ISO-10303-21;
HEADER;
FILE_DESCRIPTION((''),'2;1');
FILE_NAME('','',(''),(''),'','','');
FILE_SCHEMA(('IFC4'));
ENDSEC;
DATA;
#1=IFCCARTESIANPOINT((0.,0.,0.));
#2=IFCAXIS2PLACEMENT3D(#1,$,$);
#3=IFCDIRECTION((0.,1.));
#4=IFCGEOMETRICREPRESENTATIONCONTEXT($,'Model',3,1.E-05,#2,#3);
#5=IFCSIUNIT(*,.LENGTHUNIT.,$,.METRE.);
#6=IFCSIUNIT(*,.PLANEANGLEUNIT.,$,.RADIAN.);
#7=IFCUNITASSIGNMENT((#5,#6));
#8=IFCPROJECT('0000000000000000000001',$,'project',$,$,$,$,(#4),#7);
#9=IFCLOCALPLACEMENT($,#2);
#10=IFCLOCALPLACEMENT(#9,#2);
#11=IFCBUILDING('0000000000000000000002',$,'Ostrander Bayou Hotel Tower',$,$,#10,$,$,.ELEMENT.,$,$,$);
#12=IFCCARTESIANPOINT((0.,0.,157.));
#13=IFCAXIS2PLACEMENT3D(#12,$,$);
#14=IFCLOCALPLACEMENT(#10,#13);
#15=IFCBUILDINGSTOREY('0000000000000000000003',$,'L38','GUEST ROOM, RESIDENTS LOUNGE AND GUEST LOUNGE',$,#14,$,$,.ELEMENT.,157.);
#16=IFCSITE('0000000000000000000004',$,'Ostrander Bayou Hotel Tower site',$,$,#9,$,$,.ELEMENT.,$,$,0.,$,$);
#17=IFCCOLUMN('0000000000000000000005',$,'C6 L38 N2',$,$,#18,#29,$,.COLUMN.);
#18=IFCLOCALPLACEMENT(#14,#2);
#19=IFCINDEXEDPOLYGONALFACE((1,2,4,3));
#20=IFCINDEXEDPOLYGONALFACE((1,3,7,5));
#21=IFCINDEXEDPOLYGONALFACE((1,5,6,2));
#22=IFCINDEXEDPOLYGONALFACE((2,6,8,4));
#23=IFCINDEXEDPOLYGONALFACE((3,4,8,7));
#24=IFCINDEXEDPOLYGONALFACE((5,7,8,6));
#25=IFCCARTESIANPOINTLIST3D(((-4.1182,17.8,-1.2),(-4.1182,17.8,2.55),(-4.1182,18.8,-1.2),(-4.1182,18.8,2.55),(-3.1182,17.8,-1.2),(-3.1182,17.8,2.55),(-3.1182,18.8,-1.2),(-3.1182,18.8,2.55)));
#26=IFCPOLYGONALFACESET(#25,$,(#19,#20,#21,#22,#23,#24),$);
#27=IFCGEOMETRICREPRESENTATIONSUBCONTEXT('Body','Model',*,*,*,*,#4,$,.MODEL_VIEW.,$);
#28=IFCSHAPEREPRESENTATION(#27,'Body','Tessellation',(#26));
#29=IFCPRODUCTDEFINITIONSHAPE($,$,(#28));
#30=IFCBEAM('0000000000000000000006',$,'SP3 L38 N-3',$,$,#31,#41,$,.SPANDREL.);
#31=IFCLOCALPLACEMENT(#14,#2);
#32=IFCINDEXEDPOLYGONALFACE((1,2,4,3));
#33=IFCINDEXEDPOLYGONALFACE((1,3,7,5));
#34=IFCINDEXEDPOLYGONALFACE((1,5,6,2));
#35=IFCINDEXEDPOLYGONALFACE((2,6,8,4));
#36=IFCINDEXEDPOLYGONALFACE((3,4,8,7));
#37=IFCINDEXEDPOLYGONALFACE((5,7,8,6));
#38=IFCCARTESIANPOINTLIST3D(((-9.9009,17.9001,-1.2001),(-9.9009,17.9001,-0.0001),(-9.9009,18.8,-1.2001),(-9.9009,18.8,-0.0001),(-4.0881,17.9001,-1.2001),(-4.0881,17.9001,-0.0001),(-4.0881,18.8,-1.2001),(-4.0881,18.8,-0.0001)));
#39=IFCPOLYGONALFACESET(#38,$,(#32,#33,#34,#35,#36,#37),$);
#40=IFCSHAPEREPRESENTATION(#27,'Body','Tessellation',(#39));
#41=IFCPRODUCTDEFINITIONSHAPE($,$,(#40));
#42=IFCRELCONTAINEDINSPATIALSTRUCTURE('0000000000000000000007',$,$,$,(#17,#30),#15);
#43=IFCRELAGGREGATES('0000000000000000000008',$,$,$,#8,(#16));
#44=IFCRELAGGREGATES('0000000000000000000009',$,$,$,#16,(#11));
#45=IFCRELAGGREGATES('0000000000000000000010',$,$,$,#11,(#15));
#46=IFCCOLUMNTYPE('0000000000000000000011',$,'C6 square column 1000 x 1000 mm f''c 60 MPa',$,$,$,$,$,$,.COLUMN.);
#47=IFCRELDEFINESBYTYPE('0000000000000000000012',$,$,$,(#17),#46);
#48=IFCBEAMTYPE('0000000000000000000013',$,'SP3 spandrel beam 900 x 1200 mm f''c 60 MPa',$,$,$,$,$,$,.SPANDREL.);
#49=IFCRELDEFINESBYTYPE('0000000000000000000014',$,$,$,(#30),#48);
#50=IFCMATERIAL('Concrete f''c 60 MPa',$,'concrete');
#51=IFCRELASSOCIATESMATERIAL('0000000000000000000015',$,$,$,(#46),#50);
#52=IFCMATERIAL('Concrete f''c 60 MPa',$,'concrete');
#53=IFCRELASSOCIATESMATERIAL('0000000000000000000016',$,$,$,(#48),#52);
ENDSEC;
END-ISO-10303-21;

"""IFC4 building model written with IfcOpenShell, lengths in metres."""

from ifc_helpers import new_model, si_unit, direction, frame, origin, origin_2d, place, context, subcontext, project, spatial, rectangle, extrude, material, material_profile, profile_set, type_object, element, save


model = new_model("IFC4")

# Units and contexts
model_context = context("Model", 3, precision=1e-05, world=origin(), true_north=direction((0.0, 1.0)))
body_context = subcontext(model_context, "Body", "Model", "MODEL_VIEW")
ifc_project = project(units=[si_unit("LENGTHUNIT", "METRE"), si_unit("PLANEANGLEUNIT", "RADIAN")], contexts=[model_context])

# Site, building, storey
site_placement = place(None, origin())
site = spatial("IfcSite", under=ifc_project, at=site_placement, Name="Ostrander Bayou Hotel Tower site", CompositionType="ELEMENT", RefElevation=0.0)
building_placement = place(site_placement, origin())
building = spatial("IfcBuilding", under=site, at=building_placement, Name="Ostrander Bayou Hotel Tower", CompositionType="ELEMENT")
storey_placement = place(building_placement, frame((0.0, 0.0, 157.0)))
storey = spatial("IfcBuildingStorey", under=building, at=storey_placement, Name="L38", Description="GUEST ROOM, RESIDENTS LOUNGE AND GUEST LOUNGE", CompositionType="ELEMENT", Elevation=157.0)

# Column
ifc_material_1 = material(Name="Concrete f'c 60 MPa", Category="concrete")
ifc_material_profile_1 = material_profile(ifc_material_1, rectangle(XDim=1.0, YDim=1.0, at=origin_2d()))
ifc_profile_set_1 = profile_set([ifc_material_profile_1], Name="Concrete f'c 60 MPa")
column_type = type_object("IfcColumnType", Name="C6 square column 1000 x 1000 mm f'c 60 MPa", PredefinedType="COLUMN", material=ifc_profile_set_1)
column_placement = place(storey_placement, frame((-3.6182, 18.3, -1.2), z_axis=(0.0, 0.0, 1.0), x_axis=(1.0, 0.0, 0.0)))
element("IfcColumn", 1, at=column_placement, inside=storey, type_object=column_type, Name="C6 L38 N2", PredefinedType="COLUMN", context=body_context, shape_type="SweptSolid", body=[
    extrude(rectangle(XDim=1.0, YDim=1.0, at=origin_2d()), origin(), (0.0, 0.0, 1.0), 3.75),
])

# Beam
ifc_material_2 = material(Name="Concrete f'c 60 MPa", Category="concrete")
ifc_material_profile_2 = material_profile(ifc_material_2, rectangle(XDim=0.8999, YDim=1.2, at=origin_2d()))
ifc_profile_set_2 = profile_set([ifc_material_profile_2], Name="Concrete f'c 60 MPa")
beam_type = type_object("IfcBeamType", Name="SP3 spandrel beam 900 x 1200 mm f'c 60 MPa", PredefinedType="SPANDREL", material=ifc_profile_set_2)
beam_placement = place(storey_placement, frame((-4.0881, 18.3501, -0.6001), z_axis=(-1.0, 0.0, 0.0), x_axis=(0.0, -1.0, 0.0)))
element("IfcBeam", 2, at=beam_placement, inside=storey, type_object=beam_type, Name="SP3 L38 N-3", PredefinedType="SPANDREL", context=body_context, shape_type="SweptSolid", body=[
    extrude(rectangle(XDim=0.8999, YDim=1.2, at=origin_2d()), origin(), (0.0, 0.0, 1.0), 5.8127),
])

save(model, "model.ifc")
